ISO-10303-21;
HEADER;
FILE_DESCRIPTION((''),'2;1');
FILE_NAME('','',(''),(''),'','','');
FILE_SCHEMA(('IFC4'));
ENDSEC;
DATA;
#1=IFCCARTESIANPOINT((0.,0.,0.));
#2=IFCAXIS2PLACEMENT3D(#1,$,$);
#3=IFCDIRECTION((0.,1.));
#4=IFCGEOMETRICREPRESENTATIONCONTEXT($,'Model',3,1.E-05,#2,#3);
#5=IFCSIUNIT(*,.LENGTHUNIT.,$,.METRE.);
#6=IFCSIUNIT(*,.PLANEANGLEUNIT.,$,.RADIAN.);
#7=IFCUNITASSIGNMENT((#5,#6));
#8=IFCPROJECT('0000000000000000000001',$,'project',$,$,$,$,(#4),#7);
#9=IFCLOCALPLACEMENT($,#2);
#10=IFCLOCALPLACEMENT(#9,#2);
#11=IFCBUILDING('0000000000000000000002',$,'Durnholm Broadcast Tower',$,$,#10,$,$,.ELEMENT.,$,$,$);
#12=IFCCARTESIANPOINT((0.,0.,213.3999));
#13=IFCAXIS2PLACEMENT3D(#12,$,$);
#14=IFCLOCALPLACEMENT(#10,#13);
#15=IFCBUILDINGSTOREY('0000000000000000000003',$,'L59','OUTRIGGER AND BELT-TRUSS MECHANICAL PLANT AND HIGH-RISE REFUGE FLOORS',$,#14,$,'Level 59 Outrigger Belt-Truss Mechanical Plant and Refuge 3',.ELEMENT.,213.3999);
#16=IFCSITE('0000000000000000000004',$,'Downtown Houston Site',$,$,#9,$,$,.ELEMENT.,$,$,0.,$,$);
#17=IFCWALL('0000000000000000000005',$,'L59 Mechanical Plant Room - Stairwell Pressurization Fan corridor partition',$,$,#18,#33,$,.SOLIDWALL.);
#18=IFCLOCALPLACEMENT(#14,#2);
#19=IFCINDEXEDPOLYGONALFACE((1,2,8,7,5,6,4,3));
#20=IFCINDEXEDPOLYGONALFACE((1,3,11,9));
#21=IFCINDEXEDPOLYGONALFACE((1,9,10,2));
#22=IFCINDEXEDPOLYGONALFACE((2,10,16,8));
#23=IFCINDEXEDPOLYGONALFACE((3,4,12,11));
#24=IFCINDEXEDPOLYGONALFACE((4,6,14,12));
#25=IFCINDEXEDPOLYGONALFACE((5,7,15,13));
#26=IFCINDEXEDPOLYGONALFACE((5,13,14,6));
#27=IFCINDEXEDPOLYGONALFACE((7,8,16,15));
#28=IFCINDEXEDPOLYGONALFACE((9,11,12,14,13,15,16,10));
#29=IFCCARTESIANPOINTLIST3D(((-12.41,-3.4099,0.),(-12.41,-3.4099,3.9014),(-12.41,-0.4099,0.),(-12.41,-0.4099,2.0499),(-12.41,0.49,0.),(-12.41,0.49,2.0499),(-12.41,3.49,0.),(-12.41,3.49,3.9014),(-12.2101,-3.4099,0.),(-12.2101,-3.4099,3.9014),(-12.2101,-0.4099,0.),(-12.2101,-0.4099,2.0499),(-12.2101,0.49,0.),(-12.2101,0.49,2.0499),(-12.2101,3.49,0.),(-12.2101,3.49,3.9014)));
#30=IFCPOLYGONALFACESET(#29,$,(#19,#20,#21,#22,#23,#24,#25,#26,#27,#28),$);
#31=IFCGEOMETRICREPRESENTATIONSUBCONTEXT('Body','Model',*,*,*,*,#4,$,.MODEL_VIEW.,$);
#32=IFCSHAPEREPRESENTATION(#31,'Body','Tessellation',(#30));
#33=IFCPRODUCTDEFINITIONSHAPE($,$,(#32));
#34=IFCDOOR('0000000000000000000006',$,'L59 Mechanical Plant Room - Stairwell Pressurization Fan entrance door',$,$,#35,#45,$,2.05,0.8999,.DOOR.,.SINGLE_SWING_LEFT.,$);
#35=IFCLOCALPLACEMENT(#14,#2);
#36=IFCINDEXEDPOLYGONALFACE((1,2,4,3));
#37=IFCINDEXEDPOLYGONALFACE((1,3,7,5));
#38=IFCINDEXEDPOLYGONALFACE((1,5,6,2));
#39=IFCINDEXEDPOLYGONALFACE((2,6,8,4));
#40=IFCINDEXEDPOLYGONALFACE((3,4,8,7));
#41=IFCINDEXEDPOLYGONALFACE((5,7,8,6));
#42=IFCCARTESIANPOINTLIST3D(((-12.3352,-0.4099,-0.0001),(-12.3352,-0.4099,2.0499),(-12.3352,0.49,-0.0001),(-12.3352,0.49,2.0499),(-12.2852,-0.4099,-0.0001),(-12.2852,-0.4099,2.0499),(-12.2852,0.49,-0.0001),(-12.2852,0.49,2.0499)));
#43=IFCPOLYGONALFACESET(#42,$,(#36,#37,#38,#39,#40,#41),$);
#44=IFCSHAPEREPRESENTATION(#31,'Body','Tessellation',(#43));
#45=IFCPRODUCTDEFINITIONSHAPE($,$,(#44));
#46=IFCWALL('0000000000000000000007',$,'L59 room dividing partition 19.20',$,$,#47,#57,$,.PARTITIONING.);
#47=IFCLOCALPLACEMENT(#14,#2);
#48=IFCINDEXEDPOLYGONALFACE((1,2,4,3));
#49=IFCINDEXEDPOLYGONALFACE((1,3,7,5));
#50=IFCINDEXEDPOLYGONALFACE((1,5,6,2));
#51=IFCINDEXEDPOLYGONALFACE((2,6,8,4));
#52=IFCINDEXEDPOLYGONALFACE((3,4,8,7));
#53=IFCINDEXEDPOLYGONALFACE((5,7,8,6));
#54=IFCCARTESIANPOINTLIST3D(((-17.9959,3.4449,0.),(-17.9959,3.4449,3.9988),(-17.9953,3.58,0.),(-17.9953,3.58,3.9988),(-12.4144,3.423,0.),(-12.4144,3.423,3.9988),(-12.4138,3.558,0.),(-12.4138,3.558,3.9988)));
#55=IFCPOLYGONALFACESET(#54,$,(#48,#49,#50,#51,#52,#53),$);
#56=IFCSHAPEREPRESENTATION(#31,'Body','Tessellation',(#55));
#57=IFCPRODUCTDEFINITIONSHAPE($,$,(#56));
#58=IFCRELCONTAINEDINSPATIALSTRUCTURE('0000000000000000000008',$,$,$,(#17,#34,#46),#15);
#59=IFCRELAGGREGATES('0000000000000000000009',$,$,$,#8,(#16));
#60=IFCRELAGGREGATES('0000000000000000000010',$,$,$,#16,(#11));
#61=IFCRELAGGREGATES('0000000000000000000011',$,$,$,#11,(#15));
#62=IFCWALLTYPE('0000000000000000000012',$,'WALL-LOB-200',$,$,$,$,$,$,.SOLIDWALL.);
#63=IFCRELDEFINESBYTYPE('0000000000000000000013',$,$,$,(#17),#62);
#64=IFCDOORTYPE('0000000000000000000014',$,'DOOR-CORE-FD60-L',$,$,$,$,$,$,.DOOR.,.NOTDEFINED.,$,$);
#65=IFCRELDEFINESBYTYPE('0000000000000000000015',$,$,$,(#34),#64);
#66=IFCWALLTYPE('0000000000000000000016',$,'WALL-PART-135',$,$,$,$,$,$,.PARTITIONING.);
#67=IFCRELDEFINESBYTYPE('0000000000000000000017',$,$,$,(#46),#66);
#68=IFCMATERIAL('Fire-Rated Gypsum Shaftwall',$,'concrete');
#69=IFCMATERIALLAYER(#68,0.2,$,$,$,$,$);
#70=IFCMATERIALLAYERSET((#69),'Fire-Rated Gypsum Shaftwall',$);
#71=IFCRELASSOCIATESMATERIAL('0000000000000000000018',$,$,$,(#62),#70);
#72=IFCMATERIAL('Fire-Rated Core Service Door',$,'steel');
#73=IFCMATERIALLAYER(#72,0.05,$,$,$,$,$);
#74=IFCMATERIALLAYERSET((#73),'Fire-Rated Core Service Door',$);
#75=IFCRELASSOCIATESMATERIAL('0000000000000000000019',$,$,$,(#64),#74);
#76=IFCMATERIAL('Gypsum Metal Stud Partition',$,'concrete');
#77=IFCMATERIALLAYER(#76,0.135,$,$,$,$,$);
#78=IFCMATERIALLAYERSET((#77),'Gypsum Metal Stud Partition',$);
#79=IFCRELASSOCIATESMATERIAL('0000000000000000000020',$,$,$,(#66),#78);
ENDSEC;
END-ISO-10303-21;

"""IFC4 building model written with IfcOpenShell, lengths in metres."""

from ifc_helpers import new_model, si_unit, direction, frame, frame_2d, origin, place, context, subcontext, project, spatial, rectangle, extrude, source, transform, mapped, material, layer, layer_set, type_object, type_shapes, element, fill, save


model = new_model("IFC4")

# Units and contexts
model_context = context("Model", 3, precision=1e-05, world=origin(), true_north=direction((0.0, 1.0)))
body_context = subcontext(model_context, "Body", "Model", "MODEL_VIEW")
ifc_project = project(units=[si_unit("LENGTHUNIT", "METRE"), si_unit("PLANEANGLEUNIT", "RADIAN")], contexts=[model_context])

# Site, building, storey
site_placement = place(None, origin())
site = spatial("IfcSite", under=ifc_project, at=site_placement, Name="Downtown Houston Site", CompositionType="ELEMENT", RefElevation=0.0)
building_placement = place(site_placement, origin())
building = spatial("IfcBuilding", under=site, at=building_placement, Name="Durnholm Broadcast Tower", CompositionType="ELEMENT")
storey_placement = place(building_placement, frame((0.0, 0.0, 213.3999)))
storey = spatial("IfcBuildingStorey", under=building, at=storey_placement, Name="L59", Description="OUTRIGGER AND BELT-TRUSS MECHANICAL PLANT AND HIGH-RISE REFUGE FLOORS", LongName="Level 59 Outrigger Belt-Truss Mechanical Plant and Refuge 3", CompositionType="ELEMENT", Elevation=213.3999)

# Shared definitions
ifc_material_1 = material(Name="Fire-Rated Gypsum Shaftwall", Category="concrete")
ifc_layer_1 = layer(ifc_material_1, 0.2)
ifc_layer_set_1 = layer_set([ifc_layer_1], Name="Fire-Rated Gypsum Shaftwall")
wall_type_1 = type_object("IfcWallType", Name="WALL-LOB-200", PredefinedType="SOLIDWALL", material=ifc_layer_set_1)

# Wall, opening, door
wall_1_placement = place(storey_placement, frame((-12.3101, 3.49, 0.0), z_axis=(0.0, 0.0, 1.0), x_axis=(0.0, -1.0, 0.0)))
wall_1 = element("IfcWall", 1, at=wall_1_placement, inside=storey, type_object=wall_type_1, Name="L59 Mechanical Plant Room - Stairwell Pressurization Fan corridor partition", PredefinedType="SOLIDWALL", context=body_context, shape_type="SweptSolid", body=[
    extrude(rectangle(XDim=6.8999, YDim=0.2, at=frame_2d((3.45, 0.0))), origin(), (0.0, 0.0, 1.0), 3.9014),
])
opening_1_placement = place(wall_1_placement, frame((3.0, 0.0, 0.0)))
opening_1 = element("IfcOpeningElement", 2, at=opening_1_placement, cuts=wall_1, PredefinedType="OPENING", context=body_context, shape_type="SweptSolid", body=[
    extrude(rectangle(XDim=0.8999, YDim=2.05, at=frame_2d((0.45, 1.0249))), frame((0.0, 0.1099, 0.0), z_axis=(0.0, -1.0, 0.0), x_axis=(1.0, 0.0, 0.0)), (0.0, 0.0, 1.0), 0.22),
])
ifc_material_2 = material(Name="Fire-Rated Core Service Door", Category="steel")
ifc_layer_2 = layer(ifc_material_2, 0.05)
ifc_layer_set_2 = layer_set([ifc_layer_2], Name="Fire-Rated Core Service Door")
door_type_1 = type_object("IfcDoorType", Name="DOOR-CORE-FD60-L", OperationType="NOTDEFINED", PredefinedType="DOOR", material=ifc_layer_set_2)
shared_shape_1 = source(origin(), body_context, "Body", "SweptSolid", [
    extrude(rectangle(XDim=0.8999, YDim=2.05, at=frame_2d((0.45, 1.0249))), frame((0.0, 0.0249, 0.0), z_axis=(0.0, -1.0, 0.0), x_axis=(1.0, 0.0, 0.0)), (0.0, 0.0, 1.0), 0.05),
])
type_shapes(door_type_1, [shared_shape_1])
door_1_placement = place(opening_1_placement, origin())
door_1 = element("IfcDoor", 3, at=door_1_placement, inside=storey, type_object=door_type_1, Name="L59 Mechanical Plant Room - Stairwell Pressurization Fan entrance door", OperationType="SINGLE_SWING_LEFT", OverallHeight=2.05, OverallWidth=0.8999, PredefinedType="DOOR", context=body_context, shape_type="MappedRepresentation", body=[
    mapped(shared_shape_1, transform((0.0, 0.0, 0.0), x_axis=(1.0, 0.0, 0.0), y_axis=(0.0, 1.0, 0.0), z_axis=(0.0, 0.0, 1.0), scale=1.0)),
])
fill(opening_1, door_1)

# Wall
ifc_material_3 = material(Name="Gypsum Metal Stud Partition", Category="concrete")
ifc_layer_3 = layer(ifc_material_3, 0.135)
ifc_layer_set_3 = layer_set([ifc_layer_3], Name="Gypsum Metal Stud Partition")
wall_type_2 = type_object("IfcWallType", Name="WALL-PART-135", PredefinedType="PARTITIONING", material=ifc_layer_set_3)
wall_2_placement = place(storey_placement, frame((-17.9956, 3.5125, 0.0), z_axis=(0.0, 0.0, 1.0), x_axis=(0.999992, -0.003937, 0.0)))
element("IfcWall", 4, at=wall_2_placement, inside=storey, type_object=wall_type_2, Name="L59 room dividing partition 19.20", PredefinedType="PARTITIONING", context=body_context, shape_type="SweptSolid", body=[
    extrude(rectangle(XDim=5.5815, YDim=0.135, at=frame_2d((2.7908, 0.0))), origin(), (0.0, 0.0, 1.0), 3.9988),
])

save(model, "model.ifc")
